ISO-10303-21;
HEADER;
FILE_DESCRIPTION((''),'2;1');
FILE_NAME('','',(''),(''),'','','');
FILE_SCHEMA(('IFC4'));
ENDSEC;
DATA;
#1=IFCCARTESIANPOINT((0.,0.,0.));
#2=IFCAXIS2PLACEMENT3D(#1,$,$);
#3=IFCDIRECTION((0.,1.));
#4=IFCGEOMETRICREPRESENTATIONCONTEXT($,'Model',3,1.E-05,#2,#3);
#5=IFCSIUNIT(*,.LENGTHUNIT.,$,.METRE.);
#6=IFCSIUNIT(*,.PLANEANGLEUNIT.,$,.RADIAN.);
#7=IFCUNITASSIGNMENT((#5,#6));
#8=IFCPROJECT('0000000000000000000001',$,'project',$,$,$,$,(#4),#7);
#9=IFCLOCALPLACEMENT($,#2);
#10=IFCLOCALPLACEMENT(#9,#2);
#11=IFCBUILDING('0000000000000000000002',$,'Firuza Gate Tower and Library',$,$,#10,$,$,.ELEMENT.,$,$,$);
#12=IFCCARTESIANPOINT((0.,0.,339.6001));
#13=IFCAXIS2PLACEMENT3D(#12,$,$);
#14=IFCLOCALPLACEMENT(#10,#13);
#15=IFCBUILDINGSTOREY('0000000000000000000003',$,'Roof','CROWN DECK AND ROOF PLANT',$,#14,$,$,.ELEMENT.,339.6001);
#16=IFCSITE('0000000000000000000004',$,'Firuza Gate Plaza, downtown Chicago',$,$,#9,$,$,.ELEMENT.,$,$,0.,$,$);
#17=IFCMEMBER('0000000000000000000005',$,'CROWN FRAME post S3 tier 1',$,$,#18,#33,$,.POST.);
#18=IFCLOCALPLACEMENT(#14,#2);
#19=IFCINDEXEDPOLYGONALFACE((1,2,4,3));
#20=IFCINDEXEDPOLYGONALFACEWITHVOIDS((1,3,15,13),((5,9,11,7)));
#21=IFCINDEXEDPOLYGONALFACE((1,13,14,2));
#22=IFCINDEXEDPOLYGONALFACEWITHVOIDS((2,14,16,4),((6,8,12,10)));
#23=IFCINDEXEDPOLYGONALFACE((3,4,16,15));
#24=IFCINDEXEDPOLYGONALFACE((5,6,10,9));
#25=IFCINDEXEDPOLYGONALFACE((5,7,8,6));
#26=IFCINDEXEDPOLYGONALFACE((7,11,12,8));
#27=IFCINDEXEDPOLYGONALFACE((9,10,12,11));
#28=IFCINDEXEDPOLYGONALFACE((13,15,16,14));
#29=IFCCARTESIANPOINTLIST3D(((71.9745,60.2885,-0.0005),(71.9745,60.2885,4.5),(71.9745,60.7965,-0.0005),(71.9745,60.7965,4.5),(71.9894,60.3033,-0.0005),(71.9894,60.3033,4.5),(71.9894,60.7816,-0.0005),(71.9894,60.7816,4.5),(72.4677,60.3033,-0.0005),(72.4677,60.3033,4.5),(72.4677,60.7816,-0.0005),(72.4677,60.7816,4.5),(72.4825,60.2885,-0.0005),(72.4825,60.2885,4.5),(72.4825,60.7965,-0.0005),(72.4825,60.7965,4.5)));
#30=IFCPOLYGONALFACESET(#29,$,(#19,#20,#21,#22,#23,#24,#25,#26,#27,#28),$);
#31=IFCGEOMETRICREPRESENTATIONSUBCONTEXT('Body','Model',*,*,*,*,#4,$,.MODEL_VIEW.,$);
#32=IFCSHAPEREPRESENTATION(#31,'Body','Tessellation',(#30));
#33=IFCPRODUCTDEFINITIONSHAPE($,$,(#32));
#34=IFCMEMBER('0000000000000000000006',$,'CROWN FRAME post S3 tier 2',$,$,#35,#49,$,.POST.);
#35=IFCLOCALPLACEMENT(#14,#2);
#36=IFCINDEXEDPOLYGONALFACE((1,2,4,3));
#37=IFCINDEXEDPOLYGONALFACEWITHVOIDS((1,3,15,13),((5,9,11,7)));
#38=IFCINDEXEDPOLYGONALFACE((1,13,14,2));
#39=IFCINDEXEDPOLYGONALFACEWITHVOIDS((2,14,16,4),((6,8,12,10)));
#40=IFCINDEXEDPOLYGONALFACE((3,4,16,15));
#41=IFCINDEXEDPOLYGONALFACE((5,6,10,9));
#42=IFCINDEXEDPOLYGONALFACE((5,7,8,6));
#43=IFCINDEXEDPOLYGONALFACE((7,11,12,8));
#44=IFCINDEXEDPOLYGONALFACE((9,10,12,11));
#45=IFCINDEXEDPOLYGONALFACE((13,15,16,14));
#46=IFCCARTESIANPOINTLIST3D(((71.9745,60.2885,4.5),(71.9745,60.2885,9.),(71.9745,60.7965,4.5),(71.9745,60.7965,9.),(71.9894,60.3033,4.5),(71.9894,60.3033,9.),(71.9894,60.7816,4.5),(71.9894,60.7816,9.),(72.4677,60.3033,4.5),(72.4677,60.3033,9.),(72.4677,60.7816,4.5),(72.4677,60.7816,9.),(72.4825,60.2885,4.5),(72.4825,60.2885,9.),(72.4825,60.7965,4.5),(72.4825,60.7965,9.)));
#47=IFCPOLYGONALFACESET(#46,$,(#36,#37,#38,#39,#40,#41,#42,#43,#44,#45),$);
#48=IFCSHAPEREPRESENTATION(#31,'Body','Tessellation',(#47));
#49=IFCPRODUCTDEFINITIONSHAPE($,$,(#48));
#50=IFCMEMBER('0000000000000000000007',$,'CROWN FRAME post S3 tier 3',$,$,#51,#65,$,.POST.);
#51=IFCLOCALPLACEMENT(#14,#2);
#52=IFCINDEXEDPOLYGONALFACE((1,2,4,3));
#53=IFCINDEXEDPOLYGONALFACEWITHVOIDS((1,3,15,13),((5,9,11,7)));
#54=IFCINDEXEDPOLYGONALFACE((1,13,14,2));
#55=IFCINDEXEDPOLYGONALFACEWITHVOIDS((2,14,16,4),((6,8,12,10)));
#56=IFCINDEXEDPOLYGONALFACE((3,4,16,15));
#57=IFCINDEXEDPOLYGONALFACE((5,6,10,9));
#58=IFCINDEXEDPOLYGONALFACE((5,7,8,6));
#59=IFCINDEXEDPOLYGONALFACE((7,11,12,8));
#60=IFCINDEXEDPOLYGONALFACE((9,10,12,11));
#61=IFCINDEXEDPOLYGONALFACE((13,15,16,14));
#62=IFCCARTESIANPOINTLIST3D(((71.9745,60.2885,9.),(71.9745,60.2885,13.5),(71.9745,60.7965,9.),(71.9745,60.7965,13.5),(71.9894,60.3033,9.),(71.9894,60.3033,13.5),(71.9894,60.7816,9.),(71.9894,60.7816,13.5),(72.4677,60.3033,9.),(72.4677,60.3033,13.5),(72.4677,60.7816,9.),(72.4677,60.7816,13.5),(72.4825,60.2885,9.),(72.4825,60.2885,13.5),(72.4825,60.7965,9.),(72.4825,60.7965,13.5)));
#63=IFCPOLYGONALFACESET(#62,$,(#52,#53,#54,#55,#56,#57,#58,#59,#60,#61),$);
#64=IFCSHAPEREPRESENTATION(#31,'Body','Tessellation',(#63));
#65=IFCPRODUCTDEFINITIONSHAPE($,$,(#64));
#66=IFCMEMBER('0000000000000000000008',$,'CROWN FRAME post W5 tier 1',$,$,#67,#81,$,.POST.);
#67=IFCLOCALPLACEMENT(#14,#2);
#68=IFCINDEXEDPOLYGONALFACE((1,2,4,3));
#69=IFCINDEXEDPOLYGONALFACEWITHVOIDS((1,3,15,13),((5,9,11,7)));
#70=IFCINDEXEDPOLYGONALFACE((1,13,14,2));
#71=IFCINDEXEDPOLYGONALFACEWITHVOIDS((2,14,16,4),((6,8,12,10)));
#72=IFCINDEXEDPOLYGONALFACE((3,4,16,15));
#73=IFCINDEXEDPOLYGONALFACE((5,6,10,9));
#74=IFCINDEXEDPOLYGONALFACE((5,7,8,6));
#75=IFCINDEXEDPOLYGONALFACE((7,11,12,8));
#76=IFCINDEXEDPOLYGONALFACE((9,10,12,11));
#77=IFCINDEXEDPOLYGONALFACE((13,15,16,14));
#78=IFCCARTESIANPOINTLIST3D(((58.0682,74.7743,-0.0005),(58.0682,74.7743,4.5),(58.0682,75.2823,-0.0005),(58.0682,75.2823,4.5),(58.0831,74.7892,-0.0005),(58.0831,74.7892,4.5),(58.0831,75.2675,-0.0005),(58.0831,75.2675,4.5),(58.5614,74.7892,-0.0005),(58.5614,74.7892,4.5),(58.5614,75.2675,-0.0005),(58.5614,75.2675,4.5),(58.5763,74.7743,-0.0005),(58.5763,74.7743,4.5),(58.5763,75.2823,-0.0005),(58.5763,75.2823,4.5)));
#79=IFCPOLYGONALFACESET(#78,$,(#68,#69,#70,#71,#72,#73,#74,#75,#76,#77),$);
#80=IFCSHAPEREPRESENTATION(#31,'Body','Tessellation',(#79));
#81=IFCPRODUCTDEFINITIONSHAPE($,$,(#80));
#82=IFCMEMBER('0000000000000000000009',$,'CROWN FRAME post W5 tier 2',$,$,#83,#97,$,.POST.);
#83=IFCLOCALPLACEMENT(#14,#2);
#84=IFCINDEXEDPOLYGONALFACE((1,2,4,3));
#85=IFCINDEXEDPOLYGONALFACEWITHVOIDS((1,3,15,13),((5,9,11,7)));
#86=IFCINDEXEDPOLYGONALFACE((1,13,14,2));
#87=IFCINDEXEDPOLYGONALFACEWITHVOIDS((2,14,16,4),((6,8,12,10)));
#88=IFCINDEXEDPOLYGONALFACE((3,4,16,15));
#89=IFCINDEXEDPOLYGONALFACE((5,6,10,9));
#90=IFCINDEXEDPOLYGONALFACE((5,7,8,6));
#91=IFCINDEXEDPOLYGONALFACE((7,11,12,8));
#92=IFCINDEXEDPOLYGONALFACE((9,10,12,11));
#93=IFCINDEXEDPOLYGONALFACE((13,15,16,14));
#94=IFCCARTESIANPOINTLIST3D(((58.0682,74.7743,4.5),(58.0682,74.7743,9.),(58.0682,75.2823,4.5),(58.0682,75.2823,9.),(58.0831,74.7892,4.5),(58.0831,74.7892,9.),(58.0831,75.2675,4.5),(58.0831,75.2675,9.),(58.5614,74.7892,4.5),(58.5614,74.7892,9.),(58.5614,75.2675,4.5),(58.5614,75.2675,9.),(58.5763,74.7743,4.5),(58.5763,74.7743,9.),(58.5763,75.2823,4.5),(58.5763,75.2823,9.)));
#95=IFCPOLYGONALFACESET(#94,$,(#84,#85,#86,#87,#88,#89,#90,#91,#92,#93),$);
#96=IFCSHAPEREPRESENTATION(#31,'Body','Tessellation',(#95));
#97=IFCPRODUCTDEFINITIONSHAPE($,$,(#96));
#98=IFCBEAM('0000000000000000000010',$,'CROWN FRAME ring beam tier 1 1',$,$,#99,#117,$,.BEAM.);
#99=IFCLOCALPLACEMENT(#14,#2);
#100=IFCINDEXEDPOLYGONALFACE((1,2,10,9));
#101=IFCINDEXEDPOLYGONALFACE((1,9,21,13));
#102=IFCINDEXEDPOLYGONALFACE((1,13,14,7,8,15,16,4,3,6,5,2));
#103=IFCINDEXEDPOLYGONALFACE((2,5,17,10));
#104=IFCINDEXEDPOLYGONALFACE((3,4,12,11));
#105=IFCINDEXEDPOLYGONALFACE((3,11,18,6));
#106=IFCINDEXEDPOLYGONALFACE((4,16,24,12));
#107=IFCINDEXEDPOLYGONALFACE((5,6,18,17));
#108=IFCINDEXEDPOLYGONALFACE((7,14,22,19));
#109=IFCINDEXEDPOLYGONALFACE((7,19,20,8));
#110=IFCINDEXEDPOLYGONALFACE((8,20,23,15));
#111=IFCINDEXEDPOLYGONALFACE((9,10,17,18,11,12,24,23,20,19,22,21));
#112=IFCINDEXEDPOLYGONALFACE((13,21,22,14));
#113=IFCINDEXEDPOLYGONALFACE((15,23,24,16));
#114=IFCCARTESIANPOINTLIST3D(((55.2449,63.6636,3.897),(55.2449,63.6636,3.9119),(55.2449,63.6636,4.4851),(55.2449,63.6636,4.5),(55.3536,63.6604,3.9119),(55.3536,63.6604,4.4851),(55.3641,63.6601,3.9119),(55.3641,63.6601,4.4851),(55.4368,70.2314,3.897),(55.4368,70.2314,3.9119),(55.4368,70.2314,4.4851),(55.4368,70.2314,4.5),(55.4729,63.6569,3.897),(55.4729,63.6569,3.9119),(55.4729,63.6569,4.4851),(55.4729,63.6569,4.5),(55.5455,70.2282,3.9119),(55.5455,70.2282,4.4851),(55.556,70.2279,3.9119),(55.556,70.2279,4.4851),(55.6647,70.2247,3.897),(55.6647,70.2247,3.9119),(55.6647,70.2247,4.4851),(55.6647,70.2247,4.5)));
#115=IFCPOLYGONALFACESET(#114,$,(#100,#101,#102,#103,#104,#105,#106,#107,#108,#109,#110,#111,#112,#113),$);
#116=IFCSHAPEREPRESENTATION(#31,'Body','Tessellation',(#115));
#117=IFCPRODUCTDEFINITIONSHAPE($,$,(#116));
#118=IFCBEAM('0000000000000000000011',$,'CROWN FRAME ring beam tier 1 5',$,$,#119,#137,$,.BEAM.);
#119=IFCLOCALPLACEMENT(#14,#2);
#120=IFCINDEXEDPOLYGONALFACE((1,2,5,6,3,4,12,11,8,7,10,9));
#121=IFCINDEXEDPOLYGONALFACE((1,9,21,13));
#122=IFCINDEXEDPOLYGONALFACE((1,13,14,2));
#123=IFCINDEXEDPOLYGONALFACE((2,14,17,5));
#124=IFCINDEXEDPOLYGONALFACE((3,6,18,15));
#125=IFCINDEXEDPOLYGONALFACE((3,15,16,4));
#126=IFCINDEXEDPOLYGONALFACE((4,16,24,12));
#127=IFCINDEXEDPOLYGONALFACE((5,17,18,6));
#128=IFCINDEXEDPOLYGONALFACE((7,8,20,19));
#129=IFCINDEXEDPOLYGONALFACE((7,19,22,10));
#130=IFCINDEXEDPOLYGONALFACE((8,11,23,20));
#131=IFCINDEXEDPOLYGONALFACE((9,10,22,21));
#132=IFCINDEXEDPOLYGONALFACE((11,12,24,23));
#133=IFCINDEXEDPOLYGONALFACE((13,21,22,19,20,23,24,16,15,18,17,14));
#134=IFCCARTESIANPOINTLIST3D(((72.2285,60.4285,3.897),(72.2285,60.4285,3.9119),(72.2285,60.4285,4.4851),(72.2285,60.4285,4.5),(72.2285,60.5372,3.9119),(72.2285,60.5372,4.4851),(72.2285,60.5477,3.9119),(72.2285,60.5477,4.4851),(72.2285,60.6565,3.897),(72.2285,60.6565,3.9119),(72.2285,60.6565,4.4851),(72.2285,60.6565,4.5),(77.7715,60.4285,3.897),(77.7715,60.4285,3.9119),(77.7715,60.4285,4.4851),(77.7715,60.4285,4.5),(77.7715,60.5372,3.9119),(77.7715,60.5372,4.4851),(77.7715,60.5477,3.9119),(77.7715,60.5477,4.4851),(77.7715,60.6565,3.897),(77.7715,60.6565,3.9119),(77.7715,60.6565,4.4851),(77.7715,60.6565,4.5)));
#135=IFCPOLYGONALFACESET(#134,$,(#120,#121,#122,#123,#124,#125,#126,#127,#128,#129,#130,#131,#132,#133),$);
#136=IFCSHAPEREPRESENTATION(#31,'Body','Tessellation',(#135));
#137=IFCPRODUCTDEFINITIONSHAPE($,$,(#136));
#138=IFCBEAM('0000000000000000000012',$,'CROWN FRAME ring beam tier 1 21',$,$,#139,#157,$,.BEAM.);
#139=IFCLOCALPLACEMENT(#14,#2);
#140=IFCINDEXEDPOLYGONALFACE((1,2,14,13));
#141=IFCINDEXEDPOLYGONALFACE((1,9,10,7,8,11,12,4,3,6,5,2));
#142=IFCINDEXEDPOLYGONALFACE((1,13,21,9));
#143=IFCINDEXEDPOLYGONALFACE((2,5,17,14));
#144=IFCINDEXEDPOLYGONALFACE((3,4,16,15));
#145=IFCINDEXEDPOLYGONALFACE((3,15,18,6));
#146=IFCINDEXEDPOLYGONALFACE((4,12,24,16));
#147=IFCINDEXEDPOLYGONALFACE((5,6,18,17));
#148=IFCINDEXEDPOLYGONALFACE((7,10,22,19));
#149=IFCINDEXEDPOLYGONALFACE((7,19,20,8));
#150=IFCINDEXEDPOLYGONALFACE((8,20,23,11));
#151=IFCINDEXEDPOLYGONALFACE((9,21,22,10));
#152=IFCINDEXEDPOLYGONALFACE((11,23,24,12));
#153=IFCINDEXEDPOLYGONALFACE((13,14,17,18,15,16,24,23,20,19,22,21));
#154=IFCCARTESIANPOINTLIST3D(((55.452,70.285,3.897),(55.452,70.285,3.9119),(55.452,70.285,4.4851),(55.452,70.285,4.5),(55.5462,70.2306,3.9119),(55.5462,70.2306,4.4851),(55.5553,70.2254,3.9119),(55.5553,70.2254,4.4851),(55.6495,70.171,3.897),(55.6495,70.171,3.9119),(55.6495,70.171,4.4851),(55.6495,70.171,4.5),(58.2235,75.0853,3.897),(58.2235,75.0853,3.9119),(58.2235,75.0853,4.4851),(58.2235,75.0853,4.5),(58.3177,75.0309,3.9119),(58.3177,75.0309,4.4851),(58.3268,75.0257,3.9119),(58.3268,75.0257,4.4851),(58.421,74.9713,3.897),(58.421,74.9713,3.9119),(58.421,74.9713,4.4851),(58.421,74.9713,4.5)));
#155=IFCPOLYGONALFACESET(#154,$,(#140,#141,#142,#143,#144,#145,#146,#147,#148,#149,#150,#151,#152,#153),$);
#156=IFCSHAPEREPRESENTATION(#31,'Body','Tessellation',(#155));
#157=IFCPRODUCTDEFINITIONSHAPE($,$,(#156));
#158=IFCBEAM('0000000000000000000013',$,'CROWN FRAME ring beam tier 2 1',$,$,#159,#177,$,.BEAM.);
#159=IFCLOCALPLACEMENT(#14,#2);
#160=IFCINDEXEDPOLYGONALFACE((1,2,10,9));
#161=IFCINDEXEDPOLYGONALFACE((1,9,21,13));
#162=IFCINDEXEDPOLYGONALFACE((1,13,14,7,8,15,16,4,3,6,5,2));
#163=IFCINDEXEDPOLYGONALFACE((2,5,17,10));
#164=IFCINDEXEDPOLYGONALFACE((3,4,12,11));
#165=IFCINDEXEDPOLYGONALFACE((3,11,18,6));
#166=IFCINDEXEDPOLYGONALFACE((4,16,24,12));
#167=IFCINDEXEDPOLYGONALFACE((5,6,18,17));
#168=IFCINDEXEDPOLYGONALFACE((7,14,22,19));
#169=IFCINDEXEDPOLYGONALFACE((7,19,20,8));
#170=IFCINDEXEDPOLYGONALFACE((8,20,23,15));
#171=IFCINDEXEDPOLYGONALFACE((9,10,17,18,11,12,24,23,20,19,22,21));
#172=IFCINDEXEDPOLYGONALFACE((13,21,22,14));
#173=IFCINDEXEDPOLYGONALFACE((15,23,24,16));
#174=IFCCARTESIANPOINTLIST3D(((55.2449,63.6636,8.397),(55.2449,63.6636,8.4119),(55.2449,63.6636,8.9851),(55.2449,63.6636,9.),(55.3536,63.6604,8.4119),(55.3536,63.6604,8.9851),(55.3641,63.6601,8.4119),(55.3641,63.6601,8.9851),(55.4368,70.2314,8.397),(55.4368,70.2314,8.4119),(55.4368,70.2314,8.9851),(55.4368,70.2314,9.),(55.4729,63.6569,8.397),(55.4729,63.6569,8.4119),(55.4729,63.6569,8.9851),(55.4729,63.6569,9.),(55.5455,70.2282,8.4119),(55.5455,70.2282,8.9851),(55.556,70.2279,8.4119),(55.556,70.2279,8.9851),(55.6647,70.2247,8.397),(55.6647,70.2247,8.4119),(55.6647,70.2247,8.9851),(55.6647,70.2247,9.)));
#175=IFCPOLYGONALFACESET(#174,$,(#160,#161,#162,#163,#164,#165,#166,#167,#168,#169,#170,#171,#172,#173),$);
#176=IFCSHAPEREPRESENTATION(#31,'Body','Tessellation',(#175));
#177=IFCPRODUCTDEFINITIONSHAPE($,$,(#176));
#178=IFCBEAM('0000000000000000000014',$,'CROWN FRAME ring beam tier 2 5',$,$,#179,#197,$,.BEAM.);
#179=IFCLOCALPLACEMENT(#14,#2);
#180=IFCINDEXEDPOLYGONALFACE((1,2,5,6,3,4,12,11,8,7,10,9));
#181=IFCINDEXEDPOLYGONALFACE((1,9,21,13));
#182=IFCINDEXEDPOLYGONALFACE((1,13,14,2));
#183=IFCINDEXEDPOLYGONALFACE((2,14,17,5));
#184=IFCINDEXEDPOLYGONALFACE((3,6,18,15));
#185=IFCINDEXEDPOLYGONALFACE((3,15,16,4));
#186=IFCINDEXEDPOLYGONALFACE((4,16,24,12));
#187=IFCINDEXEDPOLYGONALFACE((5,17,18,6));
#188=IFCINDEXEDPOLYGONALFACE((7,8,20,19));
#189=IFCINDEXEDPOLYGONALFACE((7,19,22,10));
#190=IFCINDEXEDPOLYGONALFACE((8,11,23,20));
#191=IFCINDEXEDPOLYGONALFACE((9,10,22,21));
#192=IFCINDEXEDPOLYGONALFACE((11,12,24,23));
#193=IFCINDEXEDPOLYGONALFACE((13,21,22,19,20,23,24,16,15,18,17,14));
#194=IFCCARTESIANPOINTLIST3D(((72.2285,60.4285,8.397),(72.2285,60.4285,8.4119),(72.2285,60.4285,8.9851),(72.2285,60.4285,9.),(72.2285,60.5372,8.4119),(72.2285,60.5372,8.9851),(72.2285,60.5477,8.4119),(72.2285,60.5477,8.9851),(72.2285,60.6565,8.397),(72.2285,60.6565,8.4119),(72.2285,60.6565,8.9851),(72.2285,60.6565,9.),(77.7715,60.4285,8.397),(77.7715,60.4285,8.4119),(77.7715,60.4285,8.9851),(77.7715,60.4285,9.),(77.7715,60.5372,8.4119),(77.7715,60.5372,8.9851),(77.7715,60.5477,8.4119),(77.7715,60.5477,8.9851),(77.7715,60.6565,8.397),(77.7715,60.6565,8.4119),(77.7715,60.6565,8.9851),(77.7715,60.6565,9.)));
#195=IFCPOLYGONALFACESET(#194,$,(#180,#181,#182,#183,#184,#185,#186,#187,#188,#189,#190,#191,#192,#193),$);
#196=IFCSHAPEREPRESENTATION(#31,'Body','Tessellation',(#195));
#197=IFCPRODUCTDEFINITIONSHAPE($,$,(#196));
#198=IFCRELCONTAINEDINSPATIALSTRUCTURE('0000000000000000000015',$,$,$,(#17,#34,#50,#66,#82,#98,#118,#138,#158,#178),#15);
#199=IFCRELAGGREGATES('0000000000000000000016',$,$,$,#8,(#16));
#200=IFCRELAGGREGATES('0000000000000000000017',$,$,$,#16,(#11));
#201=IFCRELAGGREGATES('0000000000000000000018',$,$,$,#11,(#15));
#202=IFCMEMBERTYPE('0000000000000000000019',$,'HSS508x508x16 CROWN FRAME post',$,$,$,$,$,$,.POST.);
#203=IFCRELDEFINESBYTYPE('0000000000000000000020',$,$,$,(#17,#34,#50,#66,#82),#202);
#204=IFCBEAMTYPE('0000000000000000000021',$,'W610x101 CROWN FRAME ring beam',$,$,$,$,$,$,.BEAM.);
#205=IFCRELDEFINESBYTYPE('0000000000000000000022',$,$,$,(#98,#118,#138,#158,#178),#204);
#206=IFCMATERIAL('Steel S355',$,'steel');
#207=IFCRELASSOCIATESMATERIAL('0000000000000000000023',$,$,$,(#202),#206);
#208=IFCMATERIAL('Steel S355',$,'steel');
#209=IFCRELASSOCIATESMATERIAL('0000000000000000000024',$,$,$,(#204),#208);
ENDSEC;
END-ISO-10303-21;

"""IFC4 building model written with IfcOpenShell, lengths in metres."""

from ifc_helpers import new_model, si_unit, direction, frame, origin, origin_2d, place, context, subcontext, project, spatial, hollow_rectangle, i_section, extrude, material, material_profile, profile_set, type_object, element, save


model = new_model("IFC4")

# Units and contexts
model_context = context("Model", 3, precision=1e-05, world=origin(), true_north=direction((0.0, 1.0)))
body_context = subcontext(model_context, "Body", "Model", "MODEL_VIEW")
ifc_project = project(units=[si_unit("LENGTHUNIT", "METRE"), si_unit("PLANEANGLEUNIT", "RADIAN")], contexts=[model_context])

# Site, building, storey
site_placement = place(None, origin())
site = spatial("IfcSite", under=ifc_project, at=site_placement, Name="Firuza Gate Plaza, downtown Chicago", CompositionType="ELEMENT", RefElevation=0.0)
building_placement = place(site_placement, origin())
building = spatial("IfcBuilding", under=site, at=building_placement, Name="Firuza Gate Tower and Library", CompositionType="ELEMENT")
storey_placement = place(building_placement, frame((0.0, 0.0, 339.6001)))
storey = spatial("IfcBuildingStorey", under=building, at=storey_placement, Name="Roof", Description="CROWN DECK AND ROOF PLANT", CompositionType="ELEMENT", Elevation=339.6001)

# Members
ifc_material_1 = material(Name="Steel S355", Category="steel")
ifc_material_profile_1 = material_profile(ifc_material_1, hollow_rectangle(XDim=0.5081, YDim=0.5081, WallThickness=0.0149, at=origin_2d()))
ifc_profile_set_1 = profile_set([ifc_material_profile_1], Name="Steel S355")
member_type_1 = type_object("IfcMemberType", Name="HSS508x508x16 CROWN FRAME post", PredefinedType="POST", material=ifc_profile_set_1)
member_1_placement = place(storey_placement, frame((72.2285, 60.5425, -0.0005), z_axis=(0.0, 0.0, 1.0), x_axis=(1.0, 0.0, 0.0)))
element("IfcMember", 1, at=member_1_placement, inside=storey, type_object=member_type_1, Name="CROWN FRAME post S3 tier 1", PredefinedType="POST", context=body_context, shape_type="SweptSolid", body=[
    extrude(hollow_rectangle(XDim=0.5081, YDim=0.5081, WallThickness=0.0149, at=origin_2d()), origin(), (0.0, 0.0, 1.0), 4.5005),
])
for number, where, z_axis, x_axis, name in (
    (2, (72.2285, 60.5425, 4.5), (0.0, 0.0, 1.0), (1.0, 0.0, 0.0), "CROWN FRAME post S3 tier 2"),
    (3, (72.2285, 60.5425, 9.0), (0.0, 0.0, 1.0), (1.0, 0.0, 0.0), "CROWN FRAME post S3 tier 3"),
):
    element("IfcMember", number, at=place(storey_placement, frame(where, z_axis=z_axis, x_axis=x_axis)), inside=storey, type_object=member_type_1, Name=name, PredefinedType="POST", context=body_context, shape_type="SweptSolid", body=[
        extrude(hollow_rectangle(XDim=0.5081, YDim=0.5081, WallThickness=0.0149, at=origin_2d()), origin(), (0.0, 0.0, 1.0), 4.5),
    ])
member_2_placement = place(storey_placement, frame((58.3223, 75.0283, -0.0005), z_axis=(0.0, 0.0, 1.0), x_axis=(1.0, 0.0, 0.0)))
element("IfcMember", 4, at=member_2_placement, inside=storey, type_object=member_type_1, Name="CROWN FRAME post W5 tier 1", PredefinedType="POST", context=body_context, shape_type="SweptSolid", body=[
    extrude(hollow_rectangle(XDim=0.5081, YDim=0.5081, WallThickness=0.0149, at=origin_2d()), origin(), (0.0, 0.0, 1.0), 4.5005),
])
member_3_placement = place(storey_placement, frame((58.3223, 75.0283, 4.5), z_axis=(0.0, 0.0, 1.0), x_axis=(1.0, 0.0, 0.0)))
element("IfcMember", 5, at=member_3_placement, inside=storey, type_object=member_type_1, Name="CROWN FRAME post W5 tier 2", PredefinedType="POST", context=body_context, shape_type="SweptSolid", body=[
    extrude(hollow_rectangle(XDim=0.5081, YDim=0.5081, WallThickness=0.0149, at=origin_2d()), origin(), (0.0, 0.0, 1.0), 4.5),
])

# Beams
ifc_material_2 = material(Name="Steel S355", Category="steel")
ifc_material_profile_2 = material_profile(ifc_material_2, i_section(OverallWidth=0.228, OverallDepth=0.603, WebThickness=0.0105, FlangeThickness=0.0149, at=origin_2d()))
ifc_profile_set_2 = profile_set([ifc_material_profile_2], Name="Steel S355")
beam_type = type_object("IfcBeamType", Name="W610x101 CROWN FRAME ring beam", PredefinedType="BEAM", material=ifc_profile_set_2)
beam_1_placement = place(storey_placement, frame((55.5508, 70.228, 4.1985), z_axis=(-0.029205, -0.999573, 0.0), x_axis=(0.999573, -0.029205, 0.0)))
element("IfcBeam", 6, at=beam_1_placement, inside=storey, type_object=beam_type, Name="CROWN FRAME ring beam tier 1 1", PredefinedType="BEAM", context=body_context, shape_type="SweptSolid", body=[
    extrude(i_section(OverallWidth=0.228, OverallDepth=0.603, WebThickness=0.0105, FlangeThickness=0.0149, at=origin_2d()), origin(), (0.0, 0.0, 1.0), 6.5706),
])
for number, where, z_axis, x_axis, name in (
    (7, (72.2285, 60.5425, 4.1985), (1.0, 0.0, 0.0), (0.0, 1.0, 0.0), "CROWN FRAME ring beam tier 1 5"),
    (8, (58.3223, 75.0283, 4.1985), (-0.500005, -0.866023, 0.0), (0.866023, -0.500005, 0.0), "CROWN FRAME ring beam tier 1 21"),
):
    element("IfcBeam", number, at=place(storey_placement, frame(where, z_axis=z_axis, x_axis=x_axis)), inside=storey, type_object=beam_type, Name=name, PredefinedType="BEAM", context=body_context, shape_type="SweptSolid", body=[
        extrude(i_section(OverallWidth=0.228, OverallDepth=0.603, WebThickness=0.0105, FlangeThickness=0.0149, at=origin_2d()), origin(), (0.0, 0.0, 1.0), 5.543),
    ])
beam_2_placement = place(storey_placement, frame((55.5508, 70.228, 8.6985), z_axis=(-0.029205, -0.999573, 0.0), x_axis=(0.999573, -0.029205, 0.0)))
element("IfcBeam", 9, at=beam_2_placement, inside=storey, type_object=beam_type, Name="CROWN FRAME ring beam tier 2 1", PredefinedType="BEAM", context=body_context, shape_type="SweptSolid", body=[
    extrude(i_section(OverallWidth=0.228, OverallDepth=0.603, WebThickness=0.0105, FlangeThickness=0.0149, at=origin_2d()), origin(), (0.0, 0.0, 1.0), 6.5706),
])
beam_3_placement = place(storey_placement, frame((72.2285, 60.5425, 8.6985), z_axis=(1.0, 0.0, 0.0), x_axis=(0.0, 1.0, 0.0)))
element("IfcBeam", 10, at=beam_3_placement, inside=storey, type_object=beam_type, Name="CROWN FRAME ring beam tier 2 5", PredefinedType="BEAM", context=body_context, shape_type="SweptSolid", body=[
    extrude(i_section(OverallWidth=0.228, OverallDepth=0.603, WebThickness=0.0105, FlangeThickness=0.0149, at=origin_2d()), origin(), (0.0, 0.0, 1.0), 5.543),
])

save(model, "model.ifc")
